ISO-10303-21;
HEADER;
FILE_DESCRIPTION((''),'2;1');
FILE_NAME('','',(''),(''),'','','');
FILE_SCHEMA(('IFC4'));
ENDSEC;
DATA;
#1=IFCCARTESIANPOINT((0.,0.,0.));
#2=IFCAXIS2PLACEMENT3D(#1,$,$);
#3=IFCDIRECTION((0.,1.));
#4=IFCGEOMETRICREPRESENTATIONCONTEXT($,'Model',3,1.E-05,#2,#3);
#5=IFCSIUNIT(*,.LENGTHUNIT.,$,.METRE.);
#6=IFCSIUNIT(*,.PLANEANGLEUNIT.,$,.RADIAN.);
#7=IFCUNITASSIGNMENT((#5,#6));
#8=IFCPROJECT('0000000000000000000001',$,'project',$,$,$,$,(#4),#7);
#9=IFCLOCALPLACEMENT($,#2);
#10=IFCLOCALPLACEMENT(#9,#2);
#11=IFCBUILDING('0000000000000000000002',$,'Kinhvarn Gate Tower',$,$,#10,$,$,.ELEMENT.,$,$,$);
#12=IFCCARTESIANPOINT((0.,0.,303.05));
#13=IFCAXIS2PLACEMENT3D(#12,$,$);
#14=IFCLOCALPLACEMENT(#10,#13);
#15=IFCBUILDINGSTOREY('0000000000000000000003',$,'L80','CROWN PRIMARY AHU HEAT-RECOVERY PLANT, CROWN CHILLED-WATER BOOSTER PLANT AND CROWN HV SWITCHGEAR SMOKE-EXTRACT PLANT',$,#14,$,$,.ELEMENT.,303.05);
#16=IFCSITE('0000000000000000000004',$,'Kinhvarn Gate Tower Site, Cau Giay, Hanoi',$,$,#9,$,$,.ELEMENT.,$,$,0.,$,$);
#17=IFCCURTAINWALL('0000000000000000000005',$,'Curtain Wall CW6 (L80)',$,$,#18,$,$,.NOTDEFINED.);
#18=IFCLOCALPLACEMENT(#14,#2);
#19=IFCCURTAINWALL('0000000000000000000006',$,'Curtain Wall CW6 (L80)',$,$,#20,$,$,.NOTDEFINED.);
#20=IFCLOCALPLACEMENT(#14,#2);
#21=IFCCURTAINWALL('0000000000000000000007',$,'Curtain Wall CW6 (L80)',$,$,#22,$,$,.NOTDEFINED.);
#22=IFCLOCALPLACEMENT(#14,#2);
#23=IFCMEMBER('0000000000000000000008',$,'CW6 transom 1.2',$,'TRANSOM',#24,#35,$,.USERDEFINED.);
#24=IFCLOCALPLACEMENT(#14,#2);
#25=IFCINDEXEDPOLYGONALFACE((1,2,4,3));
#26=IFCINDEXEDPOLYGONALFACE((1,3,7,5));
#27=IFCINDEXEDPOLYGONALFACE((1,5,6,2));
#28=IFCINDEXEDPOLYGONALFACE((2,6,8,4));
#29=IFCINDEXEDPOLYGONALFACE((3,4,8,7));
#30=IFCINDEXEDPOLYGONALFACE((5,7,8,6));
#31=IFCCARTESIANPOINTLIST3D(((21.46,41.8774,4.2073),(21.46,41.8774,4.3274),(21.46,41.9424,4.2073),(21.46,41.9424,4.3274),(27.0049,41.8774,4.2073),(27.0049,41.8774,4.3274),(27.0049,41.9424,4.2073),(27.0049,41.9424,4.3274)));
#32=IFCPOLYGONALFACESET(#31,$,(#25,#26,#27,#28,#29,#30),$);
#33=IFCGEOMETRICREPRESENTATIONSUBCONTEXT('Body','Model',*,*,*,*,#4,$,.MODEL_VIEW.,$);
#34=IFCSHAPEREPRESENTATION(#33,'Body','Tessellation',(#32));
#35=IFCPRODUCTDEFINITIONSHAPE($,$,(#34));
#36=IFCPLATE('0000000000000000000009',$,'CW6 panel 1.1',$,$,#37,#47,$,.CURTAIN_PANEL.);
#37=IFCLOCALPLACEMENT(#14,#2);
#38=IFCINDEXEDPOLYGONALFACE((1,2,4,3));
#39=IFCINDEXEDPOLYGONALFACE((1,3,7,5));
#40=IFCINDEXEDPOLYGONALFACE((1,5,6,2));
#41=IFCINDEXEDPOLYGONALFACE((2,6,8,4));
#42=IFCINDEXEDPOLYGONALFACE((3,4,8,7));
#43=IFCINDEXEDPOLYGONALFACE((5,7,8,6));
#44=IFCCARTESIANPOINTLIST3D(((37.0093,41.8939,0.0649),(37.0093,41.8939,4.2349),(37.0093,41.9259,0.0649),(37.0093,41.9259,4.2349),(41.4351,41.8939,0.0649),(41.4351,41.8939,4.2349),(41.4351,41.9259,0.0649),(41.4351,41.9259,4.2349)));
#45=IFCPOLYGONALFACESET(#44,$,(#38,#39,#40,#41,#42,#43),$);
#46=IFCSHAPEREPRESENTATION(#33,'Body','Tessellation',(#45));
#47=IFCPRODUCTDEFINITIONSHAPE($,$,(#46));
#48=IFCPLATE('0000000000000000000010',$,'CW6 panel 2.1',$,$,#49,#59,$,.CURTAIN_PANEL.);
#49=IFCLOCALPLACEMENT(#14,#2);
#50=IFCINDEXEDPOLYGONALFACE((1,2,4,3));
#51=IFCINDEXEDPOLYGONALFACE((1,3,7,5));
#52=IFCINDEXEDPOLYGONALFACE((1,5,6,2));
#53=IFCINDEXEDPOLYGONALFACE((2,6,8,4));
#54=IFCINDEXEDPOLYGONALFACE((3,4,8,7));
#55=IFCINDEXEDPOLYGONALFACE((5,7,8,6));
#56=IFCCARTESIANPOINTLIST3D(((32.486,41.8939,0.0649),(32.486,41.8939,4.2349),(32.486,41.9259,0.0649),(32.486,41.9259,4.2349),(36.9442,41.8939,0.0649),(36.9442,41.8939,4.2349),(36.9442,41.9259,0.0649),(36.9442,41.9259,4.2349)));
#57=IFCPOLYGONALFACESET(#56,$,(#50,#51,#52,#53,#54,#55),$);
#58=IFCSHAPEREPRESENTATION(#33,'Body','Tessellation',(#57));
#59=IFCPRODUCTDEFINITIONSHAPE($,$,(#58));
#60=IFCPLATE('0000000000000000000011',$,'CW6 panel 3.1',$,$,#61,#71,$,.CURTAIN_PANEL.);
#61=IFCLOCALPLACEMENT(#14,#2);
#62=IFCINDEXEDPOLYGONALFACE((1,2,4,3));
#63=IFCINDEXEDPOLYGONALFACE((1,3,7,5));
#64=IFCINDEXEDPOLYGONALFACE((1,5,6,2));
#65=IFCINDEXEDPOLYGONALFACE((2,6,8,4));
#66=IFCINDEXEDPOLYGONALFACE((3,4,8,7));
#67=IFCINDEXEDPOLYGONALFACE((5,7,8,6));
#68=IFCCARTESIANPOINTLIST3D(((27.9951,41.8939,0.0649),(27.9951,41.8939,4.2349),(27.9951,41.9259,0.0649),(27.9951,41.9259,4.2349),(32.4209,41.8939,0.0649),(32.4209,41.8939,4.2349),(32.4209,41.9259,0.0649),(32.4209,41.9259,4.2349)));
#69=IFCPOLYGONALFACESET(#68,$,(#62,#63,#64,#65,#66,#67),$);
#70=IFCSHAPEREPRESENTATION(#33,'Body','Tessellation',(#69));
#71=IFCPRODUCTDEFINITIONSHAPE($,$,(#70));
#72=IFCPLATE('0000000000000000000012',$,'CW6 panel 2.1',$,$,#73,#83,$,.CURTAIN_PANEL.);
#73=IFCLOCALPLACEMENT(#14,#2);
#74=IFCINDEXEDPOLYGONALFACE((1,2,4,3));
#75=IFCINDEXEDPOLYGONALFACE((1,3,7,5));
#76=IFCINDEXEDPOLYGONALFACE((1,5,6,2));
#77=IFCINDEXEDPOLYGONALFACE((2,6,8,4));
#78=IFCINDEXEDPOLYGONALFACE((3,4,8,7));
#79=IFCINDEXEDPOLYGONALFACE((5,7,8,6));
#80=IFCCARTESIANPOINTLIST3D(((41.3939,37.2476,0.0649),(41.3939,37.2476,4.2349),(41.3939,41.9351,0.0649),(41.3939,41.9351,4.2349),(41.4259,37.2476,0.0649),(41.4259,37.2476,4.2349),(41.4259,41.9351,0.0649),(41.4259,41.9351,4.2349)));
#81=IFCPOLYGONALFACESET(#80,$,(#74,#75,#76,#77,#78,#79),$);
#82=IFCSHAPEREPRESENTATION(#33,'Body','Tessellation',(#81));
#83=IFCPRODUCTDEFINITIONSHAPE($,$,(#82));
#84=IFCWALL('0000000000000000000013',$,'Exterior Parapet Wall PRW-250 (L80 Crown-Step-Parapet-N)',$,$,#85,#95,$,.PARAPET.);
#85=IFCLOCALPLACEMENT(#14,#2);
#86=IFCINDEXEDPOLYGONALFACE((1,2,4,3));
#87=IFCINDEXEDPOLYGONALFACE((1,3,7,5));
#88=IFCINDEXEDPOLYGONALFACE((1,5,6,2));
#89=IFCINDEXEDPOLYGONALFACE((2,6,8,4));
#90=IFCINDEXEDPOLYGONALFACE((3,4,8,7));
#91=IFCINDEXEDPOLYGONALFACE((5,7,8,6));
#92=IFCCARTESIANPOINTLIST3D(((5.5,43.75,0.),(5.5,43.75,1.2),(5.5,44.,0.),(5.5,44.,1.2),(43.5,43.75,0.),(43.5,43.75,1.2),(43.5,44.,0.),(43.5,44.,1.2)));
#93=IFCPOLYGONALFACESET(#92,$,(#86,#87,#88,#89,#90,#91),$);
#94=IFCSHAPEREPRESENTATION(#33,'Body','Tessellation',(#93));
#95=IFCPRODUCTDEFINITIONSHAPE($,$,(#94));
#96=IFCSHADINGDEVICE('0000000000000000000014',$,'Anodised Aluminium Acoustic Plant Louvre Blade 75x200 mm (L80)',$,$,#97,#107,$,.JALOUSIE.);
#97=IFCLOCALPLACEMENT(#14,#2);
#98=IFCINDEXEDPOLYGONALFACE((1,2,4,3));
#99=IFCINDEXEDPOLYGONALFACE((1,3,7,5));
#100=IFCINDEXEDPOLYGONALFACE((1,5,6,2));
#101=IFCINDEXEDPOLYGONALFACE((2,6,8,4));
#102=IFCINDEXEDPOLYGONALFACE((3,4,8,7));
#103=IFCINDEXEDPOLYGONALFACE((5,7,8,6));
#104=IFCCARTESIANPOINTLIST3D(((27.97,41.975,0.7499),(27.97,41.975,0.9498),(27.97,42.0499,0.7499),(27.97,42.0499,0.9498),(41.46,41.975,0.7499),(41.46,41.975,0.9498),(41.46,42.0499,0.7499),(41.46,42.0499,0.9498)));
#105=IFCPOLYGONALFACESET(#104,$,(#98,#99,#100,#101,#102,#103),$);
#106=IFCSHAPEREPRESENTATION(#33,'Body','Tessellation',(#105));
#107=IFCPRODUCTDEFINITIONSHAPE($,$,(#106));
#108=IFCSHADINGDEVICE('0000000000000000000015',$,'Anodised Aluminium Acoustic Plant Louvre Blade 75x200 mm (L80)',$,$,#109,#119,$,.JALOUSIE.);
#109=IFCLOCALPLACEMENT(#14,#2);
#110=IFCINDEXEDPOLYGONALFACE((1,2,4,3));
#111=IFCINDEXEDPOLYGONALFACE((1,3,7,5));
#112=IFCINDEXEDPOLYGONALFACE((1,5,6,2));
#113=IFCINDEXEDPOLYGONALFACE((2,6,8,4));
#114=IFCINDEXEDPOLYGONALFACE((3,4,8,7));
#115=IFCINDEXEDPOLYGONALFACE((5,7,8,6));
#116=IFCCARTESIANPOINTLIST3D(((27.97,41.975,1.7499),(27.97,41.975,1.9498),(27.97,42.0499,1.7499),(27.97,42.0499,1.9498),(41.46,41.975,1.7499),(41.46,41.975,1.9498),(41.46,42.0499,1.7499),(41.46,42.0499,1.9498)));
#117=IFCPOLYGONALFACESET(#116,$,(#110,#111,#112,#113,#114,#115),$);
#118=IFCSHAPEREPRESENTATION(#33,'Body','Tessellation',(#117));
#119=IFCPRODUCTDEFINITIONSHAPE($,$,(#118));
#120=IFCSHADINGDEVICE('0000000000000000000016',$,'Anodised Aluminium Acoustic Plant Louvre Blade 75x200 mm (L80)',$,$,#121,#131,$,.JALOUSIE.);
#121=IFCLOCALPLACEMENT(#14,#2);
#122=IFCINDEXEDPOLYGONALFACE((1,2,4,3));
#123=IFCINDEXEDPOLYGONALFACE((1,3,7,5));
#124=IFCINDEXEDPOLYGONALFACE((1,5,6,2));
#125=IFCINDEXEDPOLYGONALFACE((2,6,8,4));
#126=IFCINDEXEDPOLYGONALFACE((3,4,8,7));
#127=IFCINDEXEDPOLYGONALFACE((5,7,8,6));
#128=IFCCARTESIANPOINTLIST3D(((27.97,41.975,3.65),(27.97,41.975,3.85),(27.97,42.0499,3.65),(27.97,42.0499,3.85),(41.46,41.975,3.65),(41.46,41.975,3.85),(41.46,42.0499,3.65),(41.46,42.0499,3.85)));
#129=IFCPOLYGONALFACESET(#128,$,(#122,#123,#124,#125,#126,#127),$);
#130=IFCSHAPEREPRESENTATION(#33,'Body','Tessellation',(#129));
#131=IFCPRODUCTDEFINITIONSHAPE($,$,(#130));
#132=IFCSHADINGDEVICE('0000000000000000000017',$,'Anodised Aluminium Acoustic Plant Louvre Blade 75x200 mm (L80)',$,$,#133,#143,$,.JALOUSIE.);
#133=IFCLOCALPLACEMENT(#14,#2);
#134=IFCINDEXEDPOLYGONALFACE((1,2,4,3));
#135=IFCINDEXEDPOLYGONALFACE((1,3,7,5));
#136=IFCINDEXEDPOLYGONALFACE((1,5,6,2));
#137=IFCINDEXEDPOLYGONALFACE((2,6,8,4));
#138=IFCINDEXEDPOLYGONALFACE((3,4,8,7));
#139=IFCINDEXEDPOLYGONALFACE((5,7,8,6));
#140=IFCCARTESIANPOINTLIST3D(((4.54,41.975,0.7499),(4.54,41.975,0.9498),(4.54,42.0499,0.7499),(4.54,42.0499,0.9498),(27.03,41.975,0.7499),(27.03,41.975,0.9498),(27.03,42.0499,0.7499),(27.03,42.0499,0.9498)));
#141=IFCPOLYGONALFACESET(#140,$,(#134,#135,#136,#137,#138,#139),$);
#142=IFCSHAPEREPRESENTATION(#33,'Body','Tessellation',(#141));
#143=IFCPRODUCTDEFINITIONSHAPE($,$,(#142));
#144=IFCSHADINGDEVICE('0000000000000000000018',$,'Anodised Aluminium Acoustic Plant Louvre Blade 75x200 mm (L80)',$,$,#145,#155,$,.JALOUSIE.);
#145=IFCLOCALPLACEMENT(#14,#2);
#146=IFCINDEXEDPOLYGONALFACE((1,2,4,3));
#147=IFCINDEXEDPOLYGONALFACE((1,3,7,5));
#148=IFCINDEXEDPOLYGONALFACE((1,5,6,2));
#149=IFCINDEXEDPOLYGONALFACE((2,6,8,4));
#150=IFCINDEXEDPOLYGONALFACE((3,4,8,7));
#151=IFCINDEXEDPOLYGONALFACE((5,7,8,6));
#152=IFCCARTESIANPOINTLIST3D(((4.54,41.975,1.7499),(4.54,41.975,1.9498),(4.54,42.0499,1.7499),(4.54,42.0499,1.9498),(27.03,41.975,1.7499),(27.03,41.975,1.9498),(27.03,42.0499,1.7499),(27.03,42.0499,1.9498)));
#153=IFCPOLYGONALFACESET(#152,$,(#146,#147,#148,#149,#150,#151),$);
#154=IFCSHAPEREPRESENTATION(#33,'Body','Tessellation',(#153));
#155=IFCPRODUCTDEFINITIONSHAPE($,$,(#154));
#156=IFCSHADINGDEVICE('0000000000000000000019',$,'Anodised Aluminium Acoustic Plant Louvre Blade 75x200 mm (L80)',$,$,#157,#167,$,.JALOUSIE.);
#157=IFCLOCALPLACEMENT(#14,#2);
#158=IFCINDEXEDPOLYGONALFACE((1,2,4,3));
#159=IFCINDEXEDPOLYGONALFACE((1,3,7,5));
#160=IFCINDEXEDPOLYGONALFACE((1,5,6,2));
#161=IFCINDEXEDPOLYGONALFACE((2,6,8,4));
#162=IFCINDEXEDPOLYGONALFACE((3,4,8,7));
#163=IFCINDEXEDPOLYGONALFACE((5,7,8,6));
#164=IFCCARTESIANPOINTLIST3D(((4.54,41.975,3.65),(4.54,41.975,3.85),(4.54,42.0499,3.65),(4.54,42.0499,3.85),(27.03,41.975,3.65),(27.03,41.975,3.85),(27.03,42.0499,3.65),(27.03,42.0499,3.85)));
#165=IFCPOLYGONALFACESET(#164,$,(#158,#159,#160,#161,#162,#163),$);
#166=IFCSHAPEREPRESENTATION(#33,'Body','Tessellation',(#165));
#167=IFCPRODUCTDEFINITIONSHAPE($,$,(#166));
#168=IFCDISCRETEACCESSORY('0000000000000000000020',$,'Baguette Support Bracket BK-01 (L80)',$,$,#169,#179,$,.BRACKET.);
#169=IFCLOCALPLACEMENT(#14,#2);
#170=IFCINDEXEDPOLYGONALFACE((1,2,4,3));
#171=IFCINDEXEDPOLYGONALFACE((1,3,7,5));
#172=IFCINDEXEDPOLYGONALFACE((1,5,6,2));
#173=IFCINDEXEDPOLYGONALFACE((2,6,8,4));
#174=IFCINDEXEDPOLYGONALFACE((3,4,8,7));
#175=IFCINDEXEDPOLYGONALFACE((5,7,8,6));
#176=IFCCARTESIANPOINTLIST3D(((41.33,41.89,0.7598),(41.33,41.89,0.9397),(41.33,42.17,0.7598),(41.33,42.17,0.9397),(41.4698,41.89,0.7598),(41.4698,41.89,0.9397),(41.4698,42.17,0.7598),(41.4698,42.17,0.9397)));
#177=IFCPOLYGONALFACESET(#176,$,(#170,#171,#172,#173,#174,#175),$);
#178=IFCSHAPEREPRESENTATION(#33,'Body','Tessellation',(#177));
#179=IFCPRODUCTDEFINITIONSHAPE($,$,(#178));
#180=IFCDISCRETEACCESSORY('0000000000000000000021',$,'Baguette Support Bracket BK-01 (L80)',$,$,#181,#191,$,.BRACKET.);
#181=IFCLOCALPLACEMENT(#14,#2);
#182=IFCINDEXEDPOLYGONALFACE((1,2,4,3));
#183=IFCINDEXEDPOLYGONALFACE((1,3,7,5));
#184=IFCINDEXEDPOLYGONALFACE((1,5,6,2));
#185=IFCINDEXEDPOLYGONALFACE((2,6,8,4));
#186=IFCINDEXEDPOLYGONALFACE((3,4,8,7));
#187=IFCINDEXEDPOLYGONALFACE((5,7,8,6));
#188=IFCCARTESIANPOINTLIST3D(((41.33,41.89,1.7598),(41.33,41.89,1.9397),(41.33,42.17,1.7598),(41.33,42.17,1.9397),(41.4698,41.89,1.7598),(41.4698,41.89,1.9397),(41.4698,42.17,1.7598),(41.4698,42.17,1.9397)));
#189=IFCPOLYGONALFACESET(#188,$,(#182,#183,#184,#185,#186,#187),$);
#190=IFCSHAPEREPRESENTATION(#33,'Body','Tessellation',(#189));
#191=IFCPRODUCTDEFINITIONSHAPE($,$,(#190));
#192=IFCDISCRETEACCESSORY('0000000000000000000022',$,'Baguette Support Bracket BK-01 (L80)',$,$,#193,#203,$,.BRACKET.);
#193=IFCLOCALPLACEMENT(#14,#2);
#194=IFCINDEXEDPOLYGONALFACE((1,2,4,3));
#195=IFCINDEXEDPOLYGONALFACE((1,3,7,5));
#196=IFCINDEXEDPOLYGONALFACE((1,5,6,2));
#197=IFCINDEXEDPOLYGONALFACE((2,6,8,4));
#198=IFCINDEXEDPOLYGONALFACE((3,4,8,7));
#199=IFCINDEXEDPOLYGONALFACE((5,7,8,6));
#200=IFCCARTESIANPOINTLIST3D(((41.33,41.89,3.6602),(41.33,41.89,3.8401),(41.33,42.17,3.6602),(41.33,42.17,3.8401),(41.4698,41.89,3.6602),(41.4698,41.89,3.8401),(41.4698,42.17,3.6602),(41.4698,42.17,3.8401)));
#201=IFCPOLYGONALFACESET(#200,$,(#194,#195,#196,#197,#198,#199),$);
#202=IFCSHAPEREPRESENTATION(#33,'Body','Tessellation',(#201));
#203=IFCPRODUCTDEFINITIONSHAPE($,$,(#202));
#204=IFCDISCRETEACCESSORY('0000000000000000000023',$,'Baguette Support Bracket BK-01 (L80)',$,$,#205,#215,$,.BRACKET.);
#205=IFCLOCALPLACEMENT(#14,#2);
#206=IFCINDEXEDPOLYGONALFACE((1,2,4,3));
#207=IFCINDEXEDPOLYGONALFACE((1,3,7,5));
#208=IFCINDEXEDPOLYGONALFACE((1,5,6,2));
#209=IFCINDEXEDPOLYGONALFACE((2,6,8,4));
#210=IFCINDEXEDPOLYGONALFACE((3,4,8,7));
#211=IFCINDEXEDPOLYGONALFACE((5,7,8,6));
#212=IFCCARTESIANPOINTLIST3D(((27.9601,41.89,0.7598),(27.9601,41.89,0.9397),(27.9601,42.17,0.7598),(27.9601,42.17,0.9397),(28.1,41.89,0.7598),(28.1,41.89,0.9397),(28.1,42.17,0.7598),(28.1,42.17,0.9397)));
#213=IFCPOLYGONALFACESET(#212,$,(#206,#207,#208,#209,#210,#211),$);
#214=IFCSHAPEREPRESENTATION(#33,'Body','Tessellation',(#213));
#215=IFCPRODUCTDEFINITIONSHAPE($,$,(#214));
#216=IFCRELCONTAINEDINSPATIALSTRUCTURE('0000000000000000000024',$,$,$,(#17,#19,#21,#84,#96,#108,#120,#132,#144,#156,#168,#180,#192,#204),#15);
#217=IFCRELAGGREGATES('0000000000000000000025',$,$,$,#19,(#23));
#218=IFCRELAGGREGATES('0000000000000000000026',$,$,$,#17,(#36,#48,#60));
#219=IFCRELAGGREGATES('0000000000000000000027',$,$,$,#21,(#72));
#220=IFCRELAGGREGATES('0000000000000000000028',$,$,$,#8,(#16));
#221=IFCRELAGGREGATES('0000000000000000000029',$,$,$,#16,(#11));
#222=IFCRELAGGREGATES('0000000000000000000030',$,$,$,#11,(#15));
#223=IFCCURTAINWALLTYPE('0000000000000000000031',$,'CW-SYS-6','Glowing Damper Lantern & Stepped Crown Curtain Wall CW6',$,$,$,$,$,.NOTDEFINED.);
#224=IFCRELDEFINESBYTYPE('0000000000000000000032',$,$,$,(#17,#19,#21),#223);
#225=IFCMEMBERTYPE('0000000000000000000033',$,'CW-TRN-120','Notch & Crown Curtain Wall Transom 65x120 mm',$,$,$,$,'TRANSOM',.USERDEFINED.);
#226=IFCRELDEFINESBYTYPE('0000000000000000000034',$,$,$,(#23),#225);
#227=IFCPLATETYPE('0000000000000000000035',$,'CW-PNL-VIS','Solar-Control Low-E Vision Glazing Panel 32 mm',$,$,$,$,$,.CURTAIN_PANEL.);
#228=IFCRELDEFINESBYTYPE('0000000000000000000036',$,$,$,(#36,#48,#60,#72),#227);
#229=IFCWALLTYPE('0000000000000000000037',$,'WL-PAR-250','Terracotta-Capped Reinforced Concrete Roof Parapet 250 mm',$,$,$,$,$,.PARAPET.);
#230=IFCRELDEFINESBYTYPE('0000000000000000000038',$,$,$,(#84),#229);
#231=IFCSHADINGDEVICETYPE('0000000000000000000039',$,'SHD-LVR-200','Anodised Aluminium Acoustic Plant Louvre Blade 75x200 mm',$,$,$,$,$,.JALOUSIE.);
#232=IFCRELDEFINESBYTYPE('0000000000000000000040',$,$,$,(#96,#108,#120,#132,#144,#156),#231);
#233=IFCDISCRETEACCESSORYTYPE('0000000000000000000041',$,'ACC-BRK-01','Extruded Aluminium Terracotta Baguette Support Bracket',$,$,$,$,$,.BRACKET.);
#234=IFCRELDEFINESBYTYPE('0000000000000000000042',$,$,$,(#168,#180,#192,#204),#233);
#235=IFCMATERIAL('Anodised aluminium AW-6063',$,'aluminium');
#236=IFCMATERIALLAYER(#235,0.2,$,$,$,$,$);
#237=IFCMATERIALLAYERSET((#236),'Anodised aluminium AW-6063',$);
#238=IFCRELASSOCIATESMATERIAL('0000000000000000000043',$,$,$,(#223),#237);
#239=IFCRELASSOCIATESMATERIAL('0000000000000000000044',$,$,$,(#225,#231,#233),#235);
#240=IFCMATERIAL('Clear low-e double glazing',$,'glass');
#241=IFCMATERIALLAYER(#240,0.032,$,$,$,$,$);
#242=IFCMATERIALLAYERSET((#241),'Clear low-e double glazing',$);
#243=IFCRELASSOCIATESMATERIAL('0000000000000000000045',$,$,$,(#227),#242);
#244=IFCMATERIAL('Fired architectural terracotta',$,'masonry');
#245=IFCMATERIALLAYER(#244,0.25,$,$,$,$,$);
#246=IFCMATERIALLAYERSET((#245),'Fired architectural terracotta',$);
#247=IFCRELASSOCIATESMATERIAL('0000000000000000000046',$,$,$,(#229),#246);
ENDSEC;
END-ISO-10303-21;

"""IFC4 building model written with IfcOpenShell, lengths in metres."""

from ifc_helpers import new_model, si_unit, direction, frame, frame_2d, origin, origin_2d, place, context, subcontext, project, spatial, rectangle, extrude, material, layer, layer_set, material_profile, profile_set, type_object, element, aggregate, save


model = new_model("IFC4")

# Units and contexts
model_context = context("Model", 3, precision=1e-05, world=origin(), true_north=direction((0.0, 1.0)))
body_context = subcontext(model_context, "Body", "Model", "MODEL_VIEW")
ifc_project = project(units=[si_unit("LENGTHUNIT", "METRE"), si_unit("PLANEANGLEUNIT", "RADIAN")], contexts=[model_context])

# Site, building, storey
site_placement = place(None, origin())
site = spatial("IfcSite", under=ifc_project, at=site_placement, Name="Kinhvarn Gate Tower Site, Cau Giay, Hanoi", CompositionType="ELEMENT", RefElevation=0.0)
building_placement = place(site_placement, origin())
building = spatial("IfcBuilding", under=site, at=building_placement, Name="Kinhvarn Gate Tower", CompositionType="ELEMENT")
storey_placement = place(building_placement, frame((0.0, 0.0, 303.05)))
storey = spatial("IfcBuildingStorey", under=building, at=storey_placement, Name="L80", Description="CROWN PRIMARY AHU HEAT-RECOVERY PLANT, CROWN CHILLED-WATER BOOSTER PLANT AND CROWN HV SWITCHGEAR SMOKE-EXTRACT PLANT", CompositionType="ELEMENT", Elevation=303.05)

# Curtain wall
ifc_material_1 = material(Name="Anodised aluminium AW-6063", Category="aluminium")
ifc_layer_1 = layer(ifc_material_1, 0.2)
ifc_layer_set_1 = layer_set([ifc_layer_1], Name="Anodised aluminium AW-6063")
curtain_wall_type = type_object("IfcCurtainWallType", Name="CW-SYS-6", Description="Glowing Damper Lantern & Stepped Crown Curtain Wall CW6", PredefinedType="NOTDEFINED", material=ifc_layer_set_1)
curtain_wall_1_placement = place(storey_placement, origin())
curtain_wall_1 = element("IfcCurtainWall", 1, at=curtain_wall_1_placement, inside=storey, type_object=curtain_wall_type, Name="Curtain Wall CW6 (L80)", PredefinedType="NOTDEFINED")

# Curtain walls
curtain_wall_2_placement = place(storey_placement, origin())
curtain_wall_2 = element("IfcCurtainWall", 2, at=curtain_wall_2_placement, inside=storey, type_object=curtain_wall_type, Name="Curtain Wall CW6 (L80)", PredefinedType="NOTDEFINED")
curtain_wall_3_placement = place(storey_placement, origin())
curtain_wall_3 = element("IfcCurtainWall", 3, at=curtain_wall_3_placement, inside=storey, type_object=curtain_wall_type, Name="Curtain Wall CW6 (L80)", PredefinedType="NOTDEFINED")

# Member
ifc_material_profile_1 = material_profile(ifc_material_1, rectangle(XDim=0.0649, YDim=0.1201, at=origin_2d()), Name="ALU 65x120")
ifc_profile_set_1 = profile_set([ifc_material_profile_1], Name="Anodised aluminium AW-6063")
member_type_1 = type_object("IfcMemberType", Name="CW-TRN-120", Description="Notch & Crown Curtain Wall Transom 65x120 mm", ElementType="TRANSOM", PredefinedType="USERDEFINED", material=ifc_profile_set_1)
member_1_placement = place(storey_placement, frame((27.0049, 41.9099, 4.2673), z_axis=(-1.0, 0.0, 0.0), x_axis=(0.0, -1.0, 0.0)))
member_1 = element("IfcMember", 4, at=member_1_placement, type_object=member_type_1, Name="CW6 transom 1.2", ObjectType="TRANSOM", PredefinedType="USERDEFINED", context=body_context, shape_type="SweptSolid", body=[
    extrude(rectangle(XDim=0.0649, YDim=0.1201, at=origin_2d()), origin(), (0.0, 0.0, 1.0), 5.5449),
])
aggregate(curtain_wall_2, [member_1])

# Plates
ifc_material_2 = material(Name="Clear low-e double glazing", Category="glass")
ifc_layer_2 = layer(ifc_material_2, 0.032)
ifc_layer_set_2 = layer_set([ifc_layer_2], Name="Clear low-e double glazing")
plate_type = type_object("IfcPlateType", Name="CW-PNL-VIS", Description="Solar-Control Low-E Vision Glazing Panel 32 mm", PredefinedType="CURTAIN_PANEL", material=ifc_layer_set_2)
plate_1_placement = place(storey_placement, frame((39.2222, 41.9099, 0.0649), z_axis=(0.0, 0.0, 1.0), x_axis=(-1.0, 0.0, 0.0)))
plate_1 = element("IfcPlate", 5, at=plate_1_placement, type_object=plate_type, Name="CW6 panel 1.1", PredefinedType="CURTAIN_PANEL", context=body_context, shape_type="SweptSolid", body=[
    extrude(rectangle(XDim=4.4258, YDim=0.032, at=origin_2d()), origin(), (0.0, 0.0, 1.0), 4.1699),
])
plate_2_placement = place(storey_placement, frame((34.7151, 41.9099, 0.0649), z_axis=(0.0, 0.0, 1.0), x_axis=(-1.0, 0.0, 0.0)))
plate_2 = element("IfcPlate", 6, at=plate_2_placement, type_object=plate_type, Name="CW6 panel 2.1", PredefinedType="CURTAIN_PANEL", context=body_context, shape_type="SweptSolid", body=[
    extrude(rectangle(XDim=4.4583, YDim=0.032, at=origin_2d()), origin(), (0.0, 0.0, 1.0), 4.1699),
])
plate_3_placement = place(storey_placement, frame((30.208, 41.9099, 0.0649), z_axis=(0.0, 0.0, 1.0), x_axis=(-1.0, 0.0, 0.0)))
plate_3 = element("IfcPlate", 7, at=plate_3_placement, type_object=plate_type, Name="CW6 panel 3.1", PredefinedType="CURTAIN_PANEL", context=body_context, shape_type="SweptSolid", body=[
    extrude(rectangle(XDim=4.4258, YDim=0.032, at=origin_2d()), origin(), (0.0, 0.0, 1.0), 4.1699),
])
aggregate(curtain_wall_1, [plate_1, plate_2, plate_3])
plate_4_placement = place(storey_placement, frame((41.4099, 39.5913, 0.0649), z_axis=(0.0, 0.0, 1.0), x_axis=(0.0, 1.0, 0.0)))
plate_4 = element("IfcPlate", 8, at=plate_4_placement, type_object=plate_type, Name="CW6 panel 2.1", PredefinedType="CURTAIN_PANEL", context=body_context, shape_type="SweptSolid", body=[
    extrude(rectangle(XDim=4.6875, YDim=0.032, at=origin_2d()), origin(), (0.0, 0.0, 1.0), 4.1699),
])
aggregate(curtain_wall_3, [plate_4])

# Wall
ifc_material_3 = material(Name="Fired architectural terracotta", Category="masonry")
ifc_layer_3 = layer(ifc_material_3, 0.25)
ifc_layer_set_3 = layer_set([ifc_layer_3], Name="Fired architectural terracotta")
wall_type = type_object("IfcWallType", Name="WL-PAR-250", Description="Terracotta-Capped Reinforced Concrete Roof Parapet 250 mm", PredefinedType="PARAPET", material=ifc_layer_set_3)
wall_placement = place(storey_placement, frame((43.5, 43.875, 0.0), z_axis=(0.0, 0.0, 1.0), x_axis=(-1.0, 0.0, 0.0)))
element("IfcWall", 9, at=wall_placement, inside=storey, type_object=wall_type, Name="Exterior Parapet Wall PRW-250 (L80 Crown-Step-Parapet-N)", PredefinedType="PARAPET", context=body_context, shape_type="SweptSolid", body=[
    extrude(rectangle(XDim=38.0, YDim=0.25, at=frame_2d((19.0, 0.0))), origin(), (0.0, 0.0, 1.0), 1.2),
])

# Shading devices
ifc_material_profile_2 = material_profile(ifc_material_1, rectangle(XDim=0.075, YDim=0.2, at=origin_2d()), Name="LOUVRE 75x200")
ifc_profile_set_2 = profile_set([ifc_material_profile_2], Name="Anodised aluminium AW-6063")
shading_device_type = type_object("IfcShadingDeviceType", Name="SHD-LVR-200", Description="Anodised Aluminium Acoustic Plant Louvre Blade 75x200 mm", PredefinedType="JALOUSIE", material=ifc_profile_set_2)
for number, where, z_axis, x_axis, name in (
    (10, (41.46, 42.0125, 0.8499), (-1.0, 0.0, 0.0), (0.0, -1.0, 0.0), "Anodised Aluminium Acoustic Plant Louvre Blade 75x200 mm (L80)"),
    (11, (41.46, 42.0125, 1.8499), (-1.0, 0.0, 0.0), (0.0, -1.0, 0.0), "Anodised Aluminium Acoustic Plant Louvre Blade 75x200 mm (L80)"),
    (12, (41.46, 42.0125, 3.75), (-1.0, 0.0, 0.0), (0.0, -1.0, 0.0), "Anodised Aluminium Acoustic Plant Louvre Blade 75x200 mm (L80)"),
):
    element("IfcShadingDevice", number, at=place(storey_placement, frame(where, z_axis=z_axis, x_axis=x_axis)), inside=storey, type_object=shading_device_type, Name=name, PredefinedType="JALOUSIE", context=body_context, shape_type="SweptSolid", body=[
        extrude(rectangle(XDim=0.075, YDim=0.2, at=origin_2d()), origin(), (0.0, 0.0, 1.0), 13.49),
    ])
for number, where, z_axis, x_axis, name in (
    (13, (27.03, 42.0125, 0.8499), (-1.0, 0.0, 0.0), (0.0, -1.0, 0.0), "Anodised Aluminium Acoustic Plant Louvre Blade 75x200 mm (L80)"),
    (14, (27.03, 42.0125, 1.8499), (-1.0, 0.0, 0.0), (0.0, -1.0, 0.0), "Anodised Aluminium Acoustic Plant Louvre Blade 75x200 mm (L80)"),
    (15, (27.03, 42.0125, 3.75), (-1.0, 0.0, 0.0), (0.0, -1.0, 0.0), "Anodised Aluminium Acoustic Plant Louvre Blade 75x200 mm (L80)"),
):
    element("IfcShadingDevice", number, at=place(storey_placement, frame(where, z_axis=z_axis, x_axis=x_axis)), inside=storey, type_object=shading_device_type, Name=name, PredefinedType="JALOUSIE", context=body_context, shape_type="SweptSolid", body=[
        extrude(rectangle(XDim=0.075, YDim=0.2, at=origin_2d()), origin(), (0.0, 0.0, 1.0), 22.49),
    ])

# Discrete accessories
discrete_accessory_type = type_object("IfcDiscreteAccessoryType", Name="ACC-BRK-01", Description="Extruded Aluminium Terracotta Baguette Support Bracket", PredefinedType="BRACKET", material=ifc_material_1)
for number, where, z_axis, x_axis, name in (
    (16, (41.3999, 42.03, 0.7598), (0.0, 0.0, 1.0), (-1.0, 0.0, 0.0), "Baguette Support Bracket BK-01 (L80)"),
    (17, (41.3999, 42.03, 1.7598), (0.0, 0.0, 1.0), (-1.0, 0.0, 0.0), "Baguette Support Bracket BK-01 (L80)"),
    (18, (41.3999, 42.03, 3.6602), (0.0, 0.0, 1.0), (-1.0, 0.0, 0.0), "Baguette Support Bracket BK-01 (L80)"),
    (19, (28.03, 42.03, 0.7598), (0.0, 0.0, 1.0), (-1.0, 0.0, 0.0), "Baguette Support Bracket BK-01 (L80)"),
):
    element("IfcDiscreteAccessory", number, at=place(storey_placement, frame(where, z_axis=z_axis, x_axis=x_axis)), inside=storey, type_object=discrete_accessory_type, Name=name, PredefinedType="BRACKET", context=body_context, shape_type="SweptSolid", body=[
        extrude(rectangle(XDim=0.1399, YDim=0.28, at=origin_2d()), origin(), (0.0, 0.0, 1.0), 0.1799),
    ])

save(model, "model.ifc")
